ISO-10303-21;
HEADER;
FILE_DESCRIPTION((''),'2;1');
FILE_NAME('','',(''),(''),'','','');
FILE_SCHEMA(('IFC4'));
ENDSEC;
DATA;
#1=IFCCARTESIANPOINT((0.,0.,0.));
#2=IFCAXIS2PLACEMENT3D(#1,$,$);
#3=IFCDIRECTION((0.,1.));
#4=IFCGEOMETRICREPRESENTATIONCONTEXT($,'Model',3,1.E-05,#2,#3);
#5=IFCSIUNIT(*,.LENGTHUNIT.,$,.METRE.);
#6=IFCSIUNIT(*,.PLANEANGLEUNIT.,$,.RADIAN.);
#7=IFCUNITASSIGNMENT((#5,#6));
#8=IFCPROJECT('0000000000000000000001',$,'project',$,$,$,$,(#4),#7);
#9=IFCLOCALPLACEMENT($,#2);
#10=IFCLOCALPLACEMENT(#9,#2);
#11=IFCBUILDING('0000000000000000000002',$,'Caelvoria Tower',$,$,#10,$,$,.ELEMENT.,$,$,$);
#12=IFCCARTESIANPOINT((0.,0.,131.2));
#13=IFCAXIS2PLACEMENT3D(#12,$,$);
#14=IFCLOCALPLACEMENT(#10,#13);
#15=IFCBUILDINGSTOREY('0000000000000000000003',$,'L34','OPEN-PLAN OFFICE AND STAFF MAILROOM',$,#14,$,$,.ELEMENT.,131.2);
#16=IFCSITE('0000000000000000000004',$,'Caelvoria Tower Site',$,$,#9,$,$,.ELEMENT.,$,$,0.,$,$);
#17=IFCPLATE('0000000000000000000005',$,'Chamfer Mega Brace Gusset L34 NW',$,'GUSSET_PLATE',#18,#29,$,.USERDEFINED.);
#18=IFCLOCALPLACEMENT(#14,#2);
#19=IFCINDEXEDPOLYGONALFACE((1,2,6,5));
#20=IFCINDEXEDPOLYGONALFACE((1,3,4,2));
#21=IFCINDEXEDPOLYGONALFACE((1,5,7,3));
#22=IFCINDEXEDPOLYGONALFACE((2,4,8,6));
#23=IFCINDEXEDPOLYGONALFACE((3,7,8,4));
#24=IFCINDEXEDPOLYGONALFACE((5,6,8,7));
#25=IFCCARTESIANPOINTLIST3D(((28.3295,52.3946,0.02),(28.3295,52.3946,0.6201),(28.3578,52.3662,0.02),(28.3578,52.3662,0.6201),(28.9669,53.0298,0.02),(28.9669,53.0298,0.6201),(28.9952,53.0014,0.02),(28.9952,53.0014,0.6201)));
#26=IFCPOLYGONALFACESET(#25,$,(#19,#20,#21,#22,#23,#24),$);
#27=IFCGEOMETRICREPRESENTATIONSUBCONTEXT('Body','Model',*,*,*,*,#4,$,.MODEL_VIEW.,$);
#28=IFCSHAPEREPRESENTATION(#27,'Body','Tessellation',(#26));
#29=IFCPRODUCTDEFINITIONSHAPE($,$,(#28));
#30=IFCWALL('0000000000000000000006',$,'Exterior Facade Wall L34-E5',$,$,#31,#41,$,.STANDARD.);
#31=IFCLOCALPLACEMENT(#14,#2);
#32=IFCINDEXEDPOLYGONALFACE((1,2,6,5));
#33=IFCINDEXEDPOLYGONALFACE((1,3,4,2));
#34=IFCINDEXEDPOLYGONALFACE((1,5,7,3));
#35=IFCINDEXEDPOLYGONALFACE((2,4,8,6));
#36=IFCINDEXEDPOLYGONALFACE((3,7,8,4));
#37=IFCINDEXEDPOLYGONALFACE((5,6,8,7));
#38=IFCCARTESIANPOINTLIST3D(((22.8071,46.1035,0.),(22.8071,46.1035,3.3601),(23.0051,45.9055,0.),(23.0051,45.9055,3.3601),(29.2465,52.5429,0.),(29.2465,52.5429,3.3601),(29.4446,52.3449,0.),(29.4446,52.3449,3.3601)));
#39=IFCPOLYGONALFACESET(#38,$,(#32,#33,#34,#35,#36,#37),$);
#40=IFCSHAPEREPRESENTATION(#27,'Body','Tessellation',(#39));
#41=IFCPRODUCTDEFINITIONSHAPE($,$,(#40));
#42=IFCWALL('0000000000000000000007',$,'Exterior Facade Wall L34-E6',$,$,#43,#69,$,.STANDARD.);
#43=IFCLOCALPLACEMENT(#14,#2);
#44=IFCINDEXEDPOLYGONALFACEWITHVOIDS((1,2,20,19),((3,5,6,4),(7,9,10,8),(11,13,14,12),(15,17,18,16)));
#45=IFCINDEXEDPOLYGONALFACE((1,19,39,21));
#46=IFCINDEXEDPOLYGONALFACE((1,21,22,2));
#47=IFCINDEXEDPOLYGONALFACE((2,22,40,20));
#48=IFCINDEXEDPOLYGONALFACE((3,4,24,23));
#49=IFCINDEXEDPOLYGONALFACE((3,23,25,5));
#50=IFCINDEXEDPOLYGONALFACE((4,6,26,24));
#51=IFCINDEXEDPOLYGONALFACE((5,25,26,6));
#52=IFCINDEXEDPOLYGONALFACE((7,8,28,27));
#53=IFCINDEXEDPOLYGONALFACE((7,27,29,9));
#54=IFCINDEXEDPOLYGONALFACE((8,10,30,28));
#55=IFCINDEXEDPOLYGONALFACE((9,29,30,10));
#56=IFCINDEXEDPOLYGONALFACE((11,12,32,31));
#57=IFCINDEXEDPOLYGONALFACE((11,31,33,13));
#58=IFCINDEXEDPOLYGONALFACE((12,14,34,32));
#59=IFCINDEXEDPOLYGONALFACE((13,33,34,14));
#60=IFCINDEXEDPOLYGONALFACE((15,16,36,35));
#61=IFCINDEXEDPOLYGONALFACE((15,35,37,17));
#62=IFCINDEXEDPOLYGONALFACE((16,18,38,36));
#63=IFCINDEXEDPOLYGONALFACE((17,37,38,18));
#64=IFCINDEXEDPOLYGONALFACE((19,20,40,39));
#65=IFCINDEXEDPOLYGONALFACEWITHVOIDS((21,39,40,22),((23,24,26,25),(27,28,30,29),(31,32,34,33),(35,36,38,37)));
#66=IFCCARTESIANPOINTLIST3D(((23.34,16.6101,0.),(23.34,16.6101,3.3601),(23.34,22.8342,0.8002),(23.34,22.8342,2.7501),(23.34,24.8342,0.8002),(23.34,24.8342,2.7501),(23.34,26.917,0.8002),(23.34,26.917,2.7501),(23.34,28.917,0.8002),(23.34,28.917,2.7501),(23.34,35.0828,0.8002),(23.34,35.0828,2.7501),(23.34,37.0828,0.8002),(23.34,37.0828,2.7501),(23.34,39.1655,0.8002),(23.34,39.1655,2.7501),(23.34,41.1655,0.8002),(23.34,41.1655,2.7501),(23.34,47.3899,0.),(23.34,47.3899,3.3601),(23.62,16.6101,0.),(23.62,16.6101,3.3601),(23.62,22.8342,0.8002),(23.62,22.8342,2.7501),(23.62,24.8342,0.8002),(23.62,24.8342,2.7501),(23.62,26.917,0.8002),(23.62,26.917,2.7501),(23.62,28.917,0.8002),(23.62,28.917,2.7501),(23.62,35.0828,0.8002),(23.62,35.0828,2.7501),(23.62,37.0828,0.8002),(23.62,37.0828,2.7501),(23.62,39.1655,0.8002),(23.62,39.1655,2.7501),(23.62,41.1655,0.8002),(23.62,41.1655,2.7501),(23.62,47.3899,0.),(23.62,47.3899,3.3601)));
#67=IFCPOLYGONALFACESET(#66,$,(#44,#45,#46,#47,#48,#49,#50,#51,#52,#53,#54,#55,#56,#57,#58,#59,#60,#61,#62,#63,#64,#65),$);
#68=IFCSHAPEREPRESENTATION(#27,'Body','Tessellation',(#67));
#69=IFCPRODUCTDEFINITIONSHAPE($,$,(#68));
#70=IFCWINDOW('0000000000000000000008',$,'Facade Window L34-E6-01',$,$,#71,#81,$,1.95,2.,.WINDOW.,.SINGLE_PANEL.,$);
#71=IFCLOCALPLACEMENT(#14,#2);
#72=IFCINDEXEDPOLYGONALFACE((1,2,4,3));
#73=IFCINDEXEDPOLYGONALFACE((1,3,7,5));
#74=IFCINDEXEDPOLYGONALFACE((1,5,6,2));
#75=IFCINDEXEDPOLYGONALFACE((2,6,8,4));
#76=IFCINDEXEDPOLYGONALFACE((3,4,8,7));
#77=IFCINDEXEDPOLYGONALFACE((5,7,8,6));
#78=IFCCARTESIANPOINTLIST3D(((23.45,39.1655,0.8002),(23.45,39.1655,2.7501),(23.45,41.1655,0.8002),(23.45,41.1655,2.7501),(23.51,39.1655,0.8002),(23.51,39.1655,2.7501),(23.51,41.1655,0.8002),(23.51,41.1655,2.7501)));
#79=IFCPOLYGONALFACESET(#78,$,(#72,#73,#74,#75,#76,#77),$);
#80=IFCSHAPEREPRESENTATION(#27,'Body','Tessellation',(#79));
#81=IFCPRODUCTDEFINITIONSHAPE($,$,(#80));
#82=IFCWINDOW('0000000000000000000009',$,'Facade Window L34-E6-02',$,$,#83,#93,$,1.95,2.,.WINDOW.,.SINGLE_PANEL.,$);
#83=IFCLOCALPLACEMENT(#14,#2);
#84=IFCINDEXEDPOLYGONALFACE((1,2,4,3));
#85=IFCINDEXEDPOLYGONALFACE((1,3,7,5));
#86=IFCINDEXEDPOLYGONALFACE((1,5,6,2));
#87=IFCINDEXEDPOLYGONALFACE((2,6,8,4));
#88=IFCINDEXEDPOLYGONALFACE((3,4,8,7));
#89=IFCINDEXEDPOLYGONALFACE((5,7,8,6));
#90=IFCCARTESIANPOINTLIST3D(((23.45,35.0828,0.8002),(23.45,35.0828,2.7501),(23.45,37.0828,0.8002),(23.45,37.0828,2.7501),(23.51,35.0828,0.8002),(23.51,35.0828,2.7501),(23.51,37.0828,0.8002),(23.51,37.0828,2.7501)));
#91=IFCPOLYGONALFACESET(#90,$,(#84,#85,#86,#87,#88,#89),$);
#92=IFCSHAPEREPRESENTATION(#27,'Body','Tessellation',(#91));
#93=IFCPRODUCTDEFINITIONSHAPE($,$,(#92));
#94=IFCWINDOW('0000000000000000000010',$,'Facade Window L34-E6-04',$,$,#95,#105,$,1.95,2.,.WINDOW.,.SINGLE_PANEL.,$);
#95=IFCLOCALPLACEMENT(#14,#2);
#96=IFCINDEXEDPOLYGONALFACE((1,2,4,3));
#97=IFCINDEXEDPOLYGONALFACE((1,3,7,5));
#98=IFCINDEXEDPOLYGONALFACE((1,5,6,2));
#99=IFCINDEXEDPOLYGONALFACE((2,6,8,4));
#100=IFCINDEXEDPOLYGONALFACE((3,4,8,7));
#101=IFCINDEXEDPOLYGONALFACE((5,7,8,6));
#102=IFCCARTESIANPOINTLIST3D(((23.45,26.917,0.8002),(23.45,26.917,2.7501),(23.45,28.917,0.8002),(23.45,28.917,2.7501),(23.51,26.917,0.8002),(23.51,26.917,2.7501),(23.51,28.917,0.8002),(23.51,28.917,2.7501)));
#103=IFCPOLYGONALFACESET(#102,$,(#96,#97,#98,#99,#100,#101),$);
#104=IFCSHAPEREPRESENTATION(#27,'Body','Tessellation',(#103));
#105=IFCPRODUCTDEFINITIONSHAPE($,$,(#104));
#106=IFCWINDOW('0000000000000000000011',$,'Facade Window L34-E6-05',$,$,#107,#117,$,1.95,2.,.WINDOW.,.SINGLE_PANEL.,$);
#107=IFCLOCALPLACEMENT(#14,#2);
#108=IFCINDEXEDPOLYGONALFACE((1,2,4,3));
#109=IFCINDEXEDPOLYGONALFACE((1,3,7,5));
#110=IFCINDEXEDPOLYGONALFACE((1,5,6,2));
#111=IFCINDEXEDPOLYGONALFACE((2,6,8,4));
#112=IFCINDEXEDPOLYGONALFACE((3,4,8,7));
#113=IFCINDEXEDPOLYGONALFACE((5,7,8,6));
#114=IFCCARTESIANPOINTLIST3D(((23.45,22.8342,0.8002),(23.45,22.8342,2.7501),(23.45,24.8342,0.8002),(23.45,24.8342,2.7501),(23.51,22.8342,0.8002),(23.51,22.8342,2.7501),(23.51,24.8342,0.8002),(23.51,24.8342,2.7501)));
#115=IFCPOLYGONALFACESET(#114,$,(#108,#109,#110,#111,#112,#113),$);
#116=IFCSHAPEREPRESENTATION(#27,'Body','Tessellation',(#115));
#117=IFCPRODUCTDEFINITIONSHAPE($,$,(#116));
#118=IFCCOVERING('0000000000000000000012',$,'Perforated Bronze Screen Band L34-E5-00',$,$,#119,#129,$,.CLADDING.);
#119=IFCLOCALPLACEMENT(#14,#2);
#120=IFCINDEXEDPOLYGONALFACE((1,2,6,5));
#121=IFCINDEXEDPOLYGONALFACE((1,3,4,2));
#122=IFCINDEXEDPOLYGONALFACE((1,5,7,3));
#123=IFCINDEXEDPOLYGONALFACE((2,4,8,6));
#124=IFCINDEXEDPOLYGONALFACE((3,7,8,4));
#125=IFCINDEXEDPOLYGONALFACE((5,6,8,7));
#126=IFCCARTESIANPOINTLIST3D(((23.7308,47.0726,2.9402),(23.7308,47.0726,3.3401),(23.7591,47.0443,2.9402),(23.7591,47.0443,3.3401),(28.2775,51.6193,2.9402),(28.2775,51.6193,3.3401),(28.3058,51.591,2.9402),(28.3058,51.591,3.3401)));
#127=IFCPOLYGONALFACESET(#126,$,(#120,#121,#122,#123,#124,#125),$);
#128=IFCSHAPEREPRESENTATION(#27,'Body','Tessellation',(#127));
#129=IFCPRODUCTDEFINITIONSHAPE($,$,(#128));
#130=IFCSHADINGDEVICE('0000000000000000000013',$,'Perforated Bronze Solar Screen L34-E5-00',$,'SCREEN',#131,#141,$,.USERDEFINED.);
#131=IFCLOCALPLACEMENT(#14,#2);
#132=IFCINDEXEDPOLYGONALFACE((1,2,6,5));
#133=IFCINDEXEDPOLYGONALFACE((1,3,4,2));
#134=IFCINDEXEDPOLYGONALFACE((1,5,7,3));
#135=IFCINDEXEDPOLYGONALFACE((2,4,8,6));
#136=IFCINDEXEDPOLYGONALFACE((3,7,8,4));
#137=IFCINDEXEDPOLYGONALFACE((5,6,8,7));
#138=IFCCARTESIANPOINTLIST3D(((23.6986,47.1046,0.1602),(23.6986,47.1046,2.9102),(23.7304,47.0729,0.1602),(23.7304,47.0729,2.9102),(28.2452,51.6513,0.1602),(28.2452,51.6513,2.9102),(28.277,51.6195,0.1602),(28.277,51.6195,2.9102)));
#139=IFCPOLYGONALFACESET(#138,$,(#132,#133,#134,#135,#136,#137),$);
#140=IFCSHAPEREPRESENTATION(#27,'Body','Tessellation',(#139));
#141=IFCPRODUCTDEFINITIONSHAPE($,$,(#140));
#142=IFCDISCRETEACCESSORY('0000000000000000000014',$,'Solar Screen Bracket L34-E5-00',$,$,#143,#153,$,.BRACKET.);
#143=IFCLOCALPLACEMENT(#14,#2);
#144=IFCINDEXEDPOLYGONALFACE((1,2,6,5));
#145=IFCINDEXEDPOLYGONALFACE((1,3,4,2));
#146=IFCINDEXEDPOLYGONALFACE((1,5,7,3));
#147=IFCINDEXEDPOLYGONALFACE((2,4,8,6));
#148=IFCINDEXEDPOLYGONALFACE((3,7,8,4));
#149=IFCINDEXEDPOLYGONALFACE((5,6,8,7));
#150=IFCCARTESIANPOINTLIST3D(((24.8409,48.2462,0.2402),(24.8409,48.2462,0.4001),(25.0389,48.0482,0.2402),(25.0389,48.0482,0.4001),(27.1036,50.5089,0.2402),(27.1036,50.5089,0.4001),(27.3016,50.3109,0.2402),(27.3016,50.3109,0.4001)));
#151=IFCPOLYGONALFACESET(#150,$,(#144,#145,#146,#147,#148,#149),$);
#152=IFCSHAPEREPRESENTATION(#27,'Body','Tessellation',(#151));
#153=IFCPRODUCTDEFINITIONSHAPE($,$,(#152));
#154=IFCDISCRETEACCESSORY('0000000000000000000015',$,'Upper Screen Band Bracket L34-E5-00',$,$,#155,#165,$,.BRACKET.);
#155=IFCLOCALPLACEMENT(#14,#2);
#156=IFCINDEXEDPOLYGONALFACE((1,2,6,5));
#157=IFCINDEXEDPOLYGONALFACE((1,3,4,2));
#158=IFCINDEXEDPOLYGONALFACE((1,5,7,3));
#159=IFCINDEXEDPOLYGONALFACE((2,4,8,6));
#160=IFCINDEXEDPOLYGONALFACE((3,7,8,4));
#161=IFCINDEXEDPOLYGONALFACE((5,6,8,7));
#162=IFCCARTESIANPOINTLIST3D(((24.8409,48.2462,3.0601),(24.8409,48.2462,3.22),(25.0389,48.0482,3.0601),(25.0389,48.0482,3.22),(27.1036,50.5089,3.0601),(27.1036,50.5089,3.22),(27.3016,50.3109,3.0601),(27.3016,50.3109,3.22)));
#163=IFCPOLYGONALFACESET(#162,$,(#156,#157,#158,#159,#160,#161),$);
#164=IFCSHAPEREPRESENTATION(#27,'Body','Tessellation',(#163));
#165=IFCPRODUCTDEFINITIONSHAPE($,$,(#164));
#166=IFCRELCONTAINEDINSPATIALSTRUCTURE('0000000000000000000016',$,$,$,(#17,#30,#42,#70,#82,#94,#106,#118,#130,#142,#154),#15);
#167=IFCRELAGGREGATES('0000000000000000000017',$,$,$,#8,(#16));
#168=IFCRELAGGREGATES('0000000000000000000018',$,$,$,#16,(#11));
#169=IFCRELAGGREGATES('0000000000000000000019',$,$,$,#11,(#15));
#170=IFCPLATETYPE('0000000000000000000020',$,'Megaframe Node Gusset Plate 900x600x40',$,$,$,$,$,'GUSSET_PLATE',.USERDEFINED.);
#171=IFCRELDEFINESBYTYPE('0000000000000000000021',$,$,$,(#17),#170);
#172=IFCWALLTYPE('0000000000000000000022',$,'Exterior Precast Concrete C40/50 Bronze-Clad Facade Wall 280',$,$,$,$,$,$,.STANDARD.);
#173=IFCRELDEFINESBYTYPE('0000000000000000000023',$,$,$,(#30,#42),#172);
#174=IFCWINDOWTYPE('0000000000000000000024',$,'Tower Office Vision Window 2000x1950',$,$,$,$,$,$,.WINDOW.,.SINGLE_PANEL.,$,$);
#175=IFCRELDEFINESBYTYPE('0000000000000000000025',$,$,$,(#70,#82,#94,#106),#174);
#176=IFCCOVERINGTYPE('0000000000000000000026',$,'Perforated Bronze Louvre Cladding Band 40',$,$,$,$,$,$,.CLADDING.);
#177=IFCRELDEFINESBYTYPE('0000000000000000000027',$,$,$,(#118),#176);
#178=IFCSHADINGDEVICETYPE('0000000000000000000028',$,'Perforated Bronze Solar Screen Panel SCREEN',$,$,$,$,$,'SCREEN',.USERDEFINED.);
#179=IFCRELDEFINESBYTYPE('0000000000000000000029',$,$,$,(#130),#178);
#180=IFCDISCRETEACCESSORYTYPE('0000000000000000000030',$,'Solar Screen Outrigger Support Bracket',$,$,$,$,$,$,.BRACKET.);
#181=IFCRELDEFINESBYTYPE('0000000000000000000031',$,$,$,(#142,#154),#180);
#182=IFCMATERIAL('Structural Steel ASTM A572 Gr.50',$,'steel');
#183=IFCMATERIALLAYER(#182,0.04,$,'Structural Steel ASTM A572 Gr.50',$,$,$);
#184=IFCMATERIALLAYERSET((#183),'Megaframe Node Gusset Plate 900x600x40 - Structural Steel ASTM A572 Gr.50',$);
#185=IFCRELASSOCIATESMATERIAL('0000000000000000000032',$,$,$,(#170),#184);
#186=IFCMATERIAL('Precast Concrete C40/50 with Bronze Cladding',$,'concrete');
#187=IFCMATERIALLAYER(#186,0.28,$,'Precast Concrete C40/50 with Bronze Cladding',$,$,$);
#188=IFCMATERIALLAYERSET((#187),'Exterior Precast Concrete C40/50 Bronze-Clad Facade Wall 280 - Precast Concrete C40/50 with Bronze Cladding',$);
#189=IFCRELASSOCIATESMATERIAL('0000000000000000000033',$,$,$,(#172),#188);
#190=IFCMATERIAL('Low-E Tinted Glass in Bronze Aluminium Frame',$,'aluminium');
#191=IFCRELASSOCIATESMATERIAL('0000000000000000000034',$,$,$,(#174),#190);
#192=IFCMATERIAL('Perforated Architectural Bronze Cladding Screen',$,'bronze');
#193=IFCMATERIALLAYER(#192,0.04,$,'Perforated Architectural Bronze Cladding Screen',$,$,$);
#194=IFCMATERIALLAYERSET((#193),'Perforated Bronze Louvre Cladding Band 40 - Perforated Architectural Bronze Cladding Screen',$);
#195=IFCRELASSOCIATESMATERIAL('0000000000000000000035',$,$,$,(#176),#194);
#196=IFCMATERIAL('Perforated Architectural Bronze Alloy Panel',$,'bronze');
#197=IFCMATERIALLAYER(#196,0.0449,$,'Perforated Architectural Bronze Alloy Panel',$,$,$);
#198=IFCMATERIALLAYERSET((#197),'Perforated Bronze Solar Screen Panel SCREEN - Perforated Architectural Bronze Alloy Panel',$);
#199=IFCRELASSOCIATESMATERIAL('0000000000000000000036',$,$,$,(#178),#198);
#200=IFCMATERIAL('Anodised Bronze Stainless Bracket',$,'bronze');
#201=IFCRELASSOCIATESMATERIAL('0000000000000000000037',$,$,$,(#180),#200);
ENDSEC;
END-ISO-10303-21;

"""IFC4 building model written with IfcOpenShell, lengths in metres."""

from ifc_helpers import new_model, si_unit, direction, frame, frame_2d, origin, origin_2d, place, context, subcontext, project, spatial, rectangle, extrude, material, layer, layer_set, type_object, element, fill, save


model = new_model("IFC4")

# Units and contexts
model_context = context("Model", 3, precision=1e-05, world=origin(), true_north=direction((0.0, 1.0)))
body_context = subcontext(model_context, "Body", "Model", "MODEL_VIEW")
ifc_project = project(units=[si_unit("LENGTHUNIT", "METRE"), si_unit("PLANEANGLEUNIT", "RADIAN")], contexts=[model_context])

# Site, building, storey
site_placement = place(None, origin())
site = spatial("IfcSite", under=ifc_project, at=site_placement, Name="Caelvoria Tower Site", CompositionType="ELEMENT", RefElevation=0.0)
building_placement = place(site_placement, origin())
building = spatial("IfcBuilding", under=site, at=building_placement, Name="Caelvoria Tower", CompositionType="ELEMENT")
storey_placement = place(building_placement, frame((0.0, 0.0, 131.2)))
storey = spatial("IfcBuildingStorey", under=building, at=storey_placement, Name="L34", Description="OPEN-PLAN OFFICE AND STAFF MAILROOM", CompositionType="ELEMENT", Elevation=131.2)

# Shared definitions
ifc_material_1 = material(Name="Structural Steel ASTM A572 Gr.50", Category="steel")

# Plate
ifc_layer_1 = layer(ifc_material_1, 0.04, Name="Structural Steel ASTM A572 Gr.50")
ifc_layer_set_1 = layer_set([ifc_layer_1], Name="Megaframe Node Gusset Plate 900x600x40 - Structural Steel ASTM A572 Gr.50")
plate_type = type_object("IfcPlateType", Name="Megaframe Node Gusset Plate 900x600x40", ElementType="GUSSET_PLATE", PredefinedType="USERDEFINED", material=ifc_layer_set_1)
plate_placement = place(storey_placement, frame((28.6624, 52.698, 0.02), z_axis=(0.0, 0.0, 1.0), x_axis=(-0.708331, -0.70588, 0.0)))
element("IfcPlate", 1, at=plate_placement, inside=storey, type_object=plate_type, Name="Chamfer Mega Brace Gusset L34 NW", ObjectType="GUSSET_PLATE", PredefinedType="USERDEFINED", context=body_context, shape_type="SweptSolid", body=[
    extrude(rectangle(XDim=0.8999, YDim=0.04, at=origin_2d()), origin(), (0.0, 0.0, 1.0), 0.6001),
])

# Wall
ifc_material_2 = material(Name="Precast Concrete C40/50 with Bronze Cladding", Category="concrete")
ifc_layer_2 = layer(ifc_material_2, 0.28, Name="Precast Concrete C40/50 with Bronze Cladding")
ifc_layer_set_2 = layer_set([ifc_layer_2], Name="Exterior Precast Concrete C40/50 Bronze-Clad Facade Wall 280 - Precast Concrete C40/50 with Bronze Cladding")
wall_type = type_object("IfcWallType", Name="Exterior Precast Concrete C40/50 Bronze-Clad Facade Wall 280", PredefinedType="STANDARD", material=ifc_layer_set_2)
wall_1_placement = place(storey_placement, frame((29.3455, 52.4438, 0.0), z_axis=(0.0, 0.0, 1.0), x_axis=(-0.707107, -0.707107, 0.0)))
element("IfcWall", 2, at=wall_1_placement, inside=storey, type_object=wall_type, Name="Exterior Facade Wall L34-E5", PredefinedType="STANDARD", context=body_context, shape_type="SweptSolid", body=[
    extrude(rectangle(XDim=9.1067, YDim=0.28, at=frame_2d((4.5532, 0.0))), origin(), (0.0, 0.0, 1.0), 3.3601),
])

# Wall, openings, windows
wall_2_placement = place(storey_placement, frame((23.48, 47.3899, 0.0), z_axis=(0.0, 0.0, 1.0), x_axis=(0.0, -1.0, 0.0)))
wall_2 = element("IfcWall", 3, at=wall_2_placement, inside=storey, type_object=wall_type, Name="Exterior Facade Wall L34-E6", PredefinedType="STANDARD", context=body_context, shape_type="SweptSolid", body=[
    extrude(rectangle(XDim=30.7798, YDim=0.28, at=frame_2d((15.3899, 0.0))), origin(), (0.0, 0.0, 1.0), 3.3601),
])
opening_1_placement = place(wall_2_placement, frame((6.2244, 0.0, 0.8)))
opening_1 = element("IfcOpeningElement", 4, at=opening_1_placement, cuts=wall_2, PredefinedType="OPENING", context=body_context, shape_type="SweptSolid", body=[
    extrude(rectangle(XDim=2.0, YDim=1.95, at=frame_2d((1.0, 0.9751))), frame((0.0, 0.1499, 0.0), z_axis=(0.0, -1.0, 0.0), x_axis=(1.0, 0.0, 0.0)), (0.0, 0.0, 1.0), 0.3),
])
opening_2_placement = place(wall_2_placement, frame((10.3071, 0.0, 0.8)))
opening_2 = element("IfcOpeningElement", 5, at=opening_2_placement, cuts=wall_2, PredefinedType="OPENING", context=body_context, shape_type="SweptSolid", body=[
    extrude(rectangle(XDim=2.0, YDim=1.95, at=frame_2d((1.0, 0.9751))), frame((0.0, 0.1499, 0.0), z_axis=(0.0, -1.0, 0.0), x_axis=(1.0, 0.0, 0.0)), (0.0, 0.0, 1.0), 0.3),
])
opening_3_placement = place(wall_2_placement, frame((18.4729, 0.0, 0.8)))
opening_3 = element("IfcOpeningElement", 6, at=opening_3_placement, cuts=wall_2, PredefinedType="OPENING", context=body_context, shape_type="SweptSolid", body=[
    extrude(rectangle(XDim=2.0, YDim=1.95, at=frame_2d((1.0, 0.9751))), frame((0.0, 0.1499, 0.0), z_axis=(0.0, -1.0, 0.0), x_axis=(1.0, 0.0, 0.0)), (0.0, 0.0, 1.0), 0.3),
])
opening_4_placement = place(wall_2_placement, frame((22.5557, 0.0, 0.8)))
opening_4 = element("IfcOpeningElement", 7, at=opening_4_placement, cuts=wall_2, PredefinedType="OPENING", context=body_context, shape_type="SweptSolid", body=[
    extrude(rectangle(XDim=2.0, YDim=1.95, at=frame_2d((1.0, 0.9751))), frame((0.0, 0.1499, 0.0), z_axis=(0.0, -1.0, 0.0), x_axis=(1.0, 0.0, 0.0)), (0.0, 0.0, 1.0), 0.3),
])
ifc_material_3 = material(Name="Low-E Tinted Glass in Bronze Aluminium Frame", Category="aluminium")
window_type = type_object("IfcWindowType", Name="Tower Office Vision Window 2000x1950", PartitioningType="SINGLE_PANEL", PredefinedType="WINDOW", material=ifc_material_3)
window_1_placement = place(opening_1_placement, origin())
window_1 = element("IfcWindow", 8, at=window_1_placement, inside=storey, type_object=window_type, Name="Facade Window L34-E6-01", OverallHeight=1.95, OverallWidth=2.0, PartitioningType="SINGLE_PANEL", PredefinedType="WINDOW", context=body_context, shape_type="SweptSolid", body=[
    extrude(rectangle(XDim=2.0, YDim=1.95, at=frame_2d((1.0, 0.9751))), frame((0.0, 0.03, 0.0), z_axis=(0.0, -1.0, 0.0), x_axis=(1.0, 0.0, 0.0)), (0.0, 0.0, 1.0), 0.0601),
])
fill(opening_1, window_1)
window_2_placement = place(opening_2_placement, origin())
window_2 = element("IfcWindow", 9, at=window_2_placement, inside=storey, type_object=window_type, Name="Facade Window L34-E6-02", OverallHeight=1.95, OverallWidth=2.0, PartitioningType="SINGLE_PANEL", PredefinedType="WINDOW", context=body_context, shape_type="SweptSolid", body=[
    extrude(rectangle(XDim=2.0, YDim=1.95, at=frame_2d((1.0, 0.9751))), frame((0.0, 0.03, 0.0), z_axis=(0.0, -1.0, 0.0), x_axis=(1.0, 0.0, 0.0)), (0.0, 0.0, 1.0), 0.0601),
])
fill(opening_2, window_2)
window_3_placement = place(opening_3_placement, origin())
window_3 = element("IfcWindow", 10, at=window_3_placement, inside=storey, type_object=window_type, Name="Facade Window L34-E6-04", OverallHeight=1.95, OverallWidth=2.0, PartitioningType="SINGLE_PANEL", PredefinedType="WINDOW", context=body_context, shape_type="SweptSolid", body=[
    extrude(rectangle(XDim=2.0, YDim=1.95, at=frame_2d((1.0, 0.9751))), frame((0.0, 0.03, 0.0), z_axis=(0.0, -1.0, 0.0), x_axis=(1.0, 0.0, 0.0)), (0.0, 0.0, 1.0), 0.0601),
])
fill(opening_3, window_3)
window_4_placement = place(opening_4_placement, origin())
window_4 = element("IfcWindow", 11, at=window_4_placement, inside=storey, type_object=window_type, Name="Facade Window L34-E6-05", OverallHeight=1.95, OverallWidth=2.0, PartitioningType="SINGLE_PANEL", PredefinedType="WINDOW", context=body_context, shape_type="SweptSolid", body=[
    extrude(rectangle(XDim=2.0, YDim=1.95, at=frame_2d((1.0, 0.9751))), frame((0.0, 0.03, 0.0), z_axis=(0.0, -1.0, 0.0), x_axis=(1.0, 0.0, 0.0)), (0.0, 0.0, 1.0), 0.0601),
])
fill(opening_4, window_4)

# Covering
ifc_material_4 = material(Name="Perforated Architectural Bronze Cladding Screen", Category="bronze")
ifc_layer_3 = layer(ifc_material_4, 0.04, Name="Perforated Architectural Bronze Cladding Screen")
ifc_layer_set_3 = layer_set([ifc_layer_3], Name="Perforated Bronze Louvre Cladding Band 40 - Perforated Architectural Bronze Cladding Screen")
covering_type = type_object("IfcCoveringType", Name="Perforated Bronze Louvre Cladding Band 40", PredefinedType="CLADDING", material=ifc_layer_set_3)
covering_placement = place(storey_placement, frame((26.0183, 49.3318, 2.9402), z_axis=(0.0, 0.0, 1.0), x_axis=(-0.707107, -0.707107, 0.0)))
element("IfcCovering", 12, at=covering_placement, inside=storey, type_object=covering_type, Name="Perforated Bronze Screen Band L34-E5-00", PredefinedType="CLADDING", context=body_context, shape_type="SweptSolid", body=[
    extrude(rectangle(XDim=6.4299, YDim=0.04, at=origin_2d()), origin(), (0.0, 0.0, 1.0), 0.3999),
])

# Shading device
ifc_material_5 = material(Name="Perforated Architectural Bronze Alloy Panel", Category="bronze")
ifc_layer_4 = layer(ifc_material_5, 0.0449, Name="Perforated Architectural Bronze Alloy Panel")
ifc_layer_set_4 = layer_set([ifc_layer_4], Name="Perforated Bronze Solar Screen Panel SCREEN - Perforated Architectural Bronze Alloy Panel")
shading_device_type = type_object("IfcShadingDeviceType", Name="Perforated Bronze Solar Screen Panel SCREEN", ElementType="SCREEN", PredefinedType="USERDEFINED", material=ifc_layer_set_4)
shading_device_placement = place(storey_placement, frame((25.9878, 49.3621, 0.1602), z_axis=(0.0, 0.0, 1.0), x_axis=(-0.707107, -0.707107, 0.0)))
element("IfcShadingDevice", 13, at=shading_device_placement, inside=storey, type_object=shading_device_type, Name="Perforated Bronze Solar Screen L34-E5-00", ObjectType="SCREEN", PredefinedType="USERDEFINED", context=body_context, shape_type="SweptSolid", body=[
    extrude(rectangle(XDim=6.4299, YDim=0.0449, at=origin_2d()), origin(), (0.0, 0.0, 1.0), 2.75),
])

# Discrete accessories
ifc_material_6 = material(Name="Anodised Bronze Stainless Bracket", Category="bronze")
discrete_accessory_type = type_object("IfcDiscreteAccessoryType", Name="Solar Screen Outrigger Support Bracket", PredefinedType="BRACKET", material=ifc_material_6)
for number, where, z_axis, x_axis, name in (
    (14, (26.0713, 49.2786, 0.2402), (0.0, 0.0, 1.0), (-0.707107, -0.707107, 0.0), "Solar Screen Bracket L34-E5-00"),
    (15, (26.0713, 49.2786, 3.0601), (0.0, 0.0, 1.0), (-0.707107, -0.707107, 0.0), "Upper Screen Band Bracket L34-E5-00"),
):
    element("IfcDiscreteAccessory", number, at=place(storey_placement, frame(where, z_axis=z_axis, x_axis=x_axis)), inside=storey, type_object=discrete_accessory_type, Name=name, PredefinedType="BRACKET", context=body_context, shape_type="SweptSolid", body=[
        extrude(rectangle(XDim=3.2, YDim=0.28, at=origin_2d()), origin(), (0.0, 0.0, 1.0), 0.1599),
    ])

save(model, "model.ifc")
